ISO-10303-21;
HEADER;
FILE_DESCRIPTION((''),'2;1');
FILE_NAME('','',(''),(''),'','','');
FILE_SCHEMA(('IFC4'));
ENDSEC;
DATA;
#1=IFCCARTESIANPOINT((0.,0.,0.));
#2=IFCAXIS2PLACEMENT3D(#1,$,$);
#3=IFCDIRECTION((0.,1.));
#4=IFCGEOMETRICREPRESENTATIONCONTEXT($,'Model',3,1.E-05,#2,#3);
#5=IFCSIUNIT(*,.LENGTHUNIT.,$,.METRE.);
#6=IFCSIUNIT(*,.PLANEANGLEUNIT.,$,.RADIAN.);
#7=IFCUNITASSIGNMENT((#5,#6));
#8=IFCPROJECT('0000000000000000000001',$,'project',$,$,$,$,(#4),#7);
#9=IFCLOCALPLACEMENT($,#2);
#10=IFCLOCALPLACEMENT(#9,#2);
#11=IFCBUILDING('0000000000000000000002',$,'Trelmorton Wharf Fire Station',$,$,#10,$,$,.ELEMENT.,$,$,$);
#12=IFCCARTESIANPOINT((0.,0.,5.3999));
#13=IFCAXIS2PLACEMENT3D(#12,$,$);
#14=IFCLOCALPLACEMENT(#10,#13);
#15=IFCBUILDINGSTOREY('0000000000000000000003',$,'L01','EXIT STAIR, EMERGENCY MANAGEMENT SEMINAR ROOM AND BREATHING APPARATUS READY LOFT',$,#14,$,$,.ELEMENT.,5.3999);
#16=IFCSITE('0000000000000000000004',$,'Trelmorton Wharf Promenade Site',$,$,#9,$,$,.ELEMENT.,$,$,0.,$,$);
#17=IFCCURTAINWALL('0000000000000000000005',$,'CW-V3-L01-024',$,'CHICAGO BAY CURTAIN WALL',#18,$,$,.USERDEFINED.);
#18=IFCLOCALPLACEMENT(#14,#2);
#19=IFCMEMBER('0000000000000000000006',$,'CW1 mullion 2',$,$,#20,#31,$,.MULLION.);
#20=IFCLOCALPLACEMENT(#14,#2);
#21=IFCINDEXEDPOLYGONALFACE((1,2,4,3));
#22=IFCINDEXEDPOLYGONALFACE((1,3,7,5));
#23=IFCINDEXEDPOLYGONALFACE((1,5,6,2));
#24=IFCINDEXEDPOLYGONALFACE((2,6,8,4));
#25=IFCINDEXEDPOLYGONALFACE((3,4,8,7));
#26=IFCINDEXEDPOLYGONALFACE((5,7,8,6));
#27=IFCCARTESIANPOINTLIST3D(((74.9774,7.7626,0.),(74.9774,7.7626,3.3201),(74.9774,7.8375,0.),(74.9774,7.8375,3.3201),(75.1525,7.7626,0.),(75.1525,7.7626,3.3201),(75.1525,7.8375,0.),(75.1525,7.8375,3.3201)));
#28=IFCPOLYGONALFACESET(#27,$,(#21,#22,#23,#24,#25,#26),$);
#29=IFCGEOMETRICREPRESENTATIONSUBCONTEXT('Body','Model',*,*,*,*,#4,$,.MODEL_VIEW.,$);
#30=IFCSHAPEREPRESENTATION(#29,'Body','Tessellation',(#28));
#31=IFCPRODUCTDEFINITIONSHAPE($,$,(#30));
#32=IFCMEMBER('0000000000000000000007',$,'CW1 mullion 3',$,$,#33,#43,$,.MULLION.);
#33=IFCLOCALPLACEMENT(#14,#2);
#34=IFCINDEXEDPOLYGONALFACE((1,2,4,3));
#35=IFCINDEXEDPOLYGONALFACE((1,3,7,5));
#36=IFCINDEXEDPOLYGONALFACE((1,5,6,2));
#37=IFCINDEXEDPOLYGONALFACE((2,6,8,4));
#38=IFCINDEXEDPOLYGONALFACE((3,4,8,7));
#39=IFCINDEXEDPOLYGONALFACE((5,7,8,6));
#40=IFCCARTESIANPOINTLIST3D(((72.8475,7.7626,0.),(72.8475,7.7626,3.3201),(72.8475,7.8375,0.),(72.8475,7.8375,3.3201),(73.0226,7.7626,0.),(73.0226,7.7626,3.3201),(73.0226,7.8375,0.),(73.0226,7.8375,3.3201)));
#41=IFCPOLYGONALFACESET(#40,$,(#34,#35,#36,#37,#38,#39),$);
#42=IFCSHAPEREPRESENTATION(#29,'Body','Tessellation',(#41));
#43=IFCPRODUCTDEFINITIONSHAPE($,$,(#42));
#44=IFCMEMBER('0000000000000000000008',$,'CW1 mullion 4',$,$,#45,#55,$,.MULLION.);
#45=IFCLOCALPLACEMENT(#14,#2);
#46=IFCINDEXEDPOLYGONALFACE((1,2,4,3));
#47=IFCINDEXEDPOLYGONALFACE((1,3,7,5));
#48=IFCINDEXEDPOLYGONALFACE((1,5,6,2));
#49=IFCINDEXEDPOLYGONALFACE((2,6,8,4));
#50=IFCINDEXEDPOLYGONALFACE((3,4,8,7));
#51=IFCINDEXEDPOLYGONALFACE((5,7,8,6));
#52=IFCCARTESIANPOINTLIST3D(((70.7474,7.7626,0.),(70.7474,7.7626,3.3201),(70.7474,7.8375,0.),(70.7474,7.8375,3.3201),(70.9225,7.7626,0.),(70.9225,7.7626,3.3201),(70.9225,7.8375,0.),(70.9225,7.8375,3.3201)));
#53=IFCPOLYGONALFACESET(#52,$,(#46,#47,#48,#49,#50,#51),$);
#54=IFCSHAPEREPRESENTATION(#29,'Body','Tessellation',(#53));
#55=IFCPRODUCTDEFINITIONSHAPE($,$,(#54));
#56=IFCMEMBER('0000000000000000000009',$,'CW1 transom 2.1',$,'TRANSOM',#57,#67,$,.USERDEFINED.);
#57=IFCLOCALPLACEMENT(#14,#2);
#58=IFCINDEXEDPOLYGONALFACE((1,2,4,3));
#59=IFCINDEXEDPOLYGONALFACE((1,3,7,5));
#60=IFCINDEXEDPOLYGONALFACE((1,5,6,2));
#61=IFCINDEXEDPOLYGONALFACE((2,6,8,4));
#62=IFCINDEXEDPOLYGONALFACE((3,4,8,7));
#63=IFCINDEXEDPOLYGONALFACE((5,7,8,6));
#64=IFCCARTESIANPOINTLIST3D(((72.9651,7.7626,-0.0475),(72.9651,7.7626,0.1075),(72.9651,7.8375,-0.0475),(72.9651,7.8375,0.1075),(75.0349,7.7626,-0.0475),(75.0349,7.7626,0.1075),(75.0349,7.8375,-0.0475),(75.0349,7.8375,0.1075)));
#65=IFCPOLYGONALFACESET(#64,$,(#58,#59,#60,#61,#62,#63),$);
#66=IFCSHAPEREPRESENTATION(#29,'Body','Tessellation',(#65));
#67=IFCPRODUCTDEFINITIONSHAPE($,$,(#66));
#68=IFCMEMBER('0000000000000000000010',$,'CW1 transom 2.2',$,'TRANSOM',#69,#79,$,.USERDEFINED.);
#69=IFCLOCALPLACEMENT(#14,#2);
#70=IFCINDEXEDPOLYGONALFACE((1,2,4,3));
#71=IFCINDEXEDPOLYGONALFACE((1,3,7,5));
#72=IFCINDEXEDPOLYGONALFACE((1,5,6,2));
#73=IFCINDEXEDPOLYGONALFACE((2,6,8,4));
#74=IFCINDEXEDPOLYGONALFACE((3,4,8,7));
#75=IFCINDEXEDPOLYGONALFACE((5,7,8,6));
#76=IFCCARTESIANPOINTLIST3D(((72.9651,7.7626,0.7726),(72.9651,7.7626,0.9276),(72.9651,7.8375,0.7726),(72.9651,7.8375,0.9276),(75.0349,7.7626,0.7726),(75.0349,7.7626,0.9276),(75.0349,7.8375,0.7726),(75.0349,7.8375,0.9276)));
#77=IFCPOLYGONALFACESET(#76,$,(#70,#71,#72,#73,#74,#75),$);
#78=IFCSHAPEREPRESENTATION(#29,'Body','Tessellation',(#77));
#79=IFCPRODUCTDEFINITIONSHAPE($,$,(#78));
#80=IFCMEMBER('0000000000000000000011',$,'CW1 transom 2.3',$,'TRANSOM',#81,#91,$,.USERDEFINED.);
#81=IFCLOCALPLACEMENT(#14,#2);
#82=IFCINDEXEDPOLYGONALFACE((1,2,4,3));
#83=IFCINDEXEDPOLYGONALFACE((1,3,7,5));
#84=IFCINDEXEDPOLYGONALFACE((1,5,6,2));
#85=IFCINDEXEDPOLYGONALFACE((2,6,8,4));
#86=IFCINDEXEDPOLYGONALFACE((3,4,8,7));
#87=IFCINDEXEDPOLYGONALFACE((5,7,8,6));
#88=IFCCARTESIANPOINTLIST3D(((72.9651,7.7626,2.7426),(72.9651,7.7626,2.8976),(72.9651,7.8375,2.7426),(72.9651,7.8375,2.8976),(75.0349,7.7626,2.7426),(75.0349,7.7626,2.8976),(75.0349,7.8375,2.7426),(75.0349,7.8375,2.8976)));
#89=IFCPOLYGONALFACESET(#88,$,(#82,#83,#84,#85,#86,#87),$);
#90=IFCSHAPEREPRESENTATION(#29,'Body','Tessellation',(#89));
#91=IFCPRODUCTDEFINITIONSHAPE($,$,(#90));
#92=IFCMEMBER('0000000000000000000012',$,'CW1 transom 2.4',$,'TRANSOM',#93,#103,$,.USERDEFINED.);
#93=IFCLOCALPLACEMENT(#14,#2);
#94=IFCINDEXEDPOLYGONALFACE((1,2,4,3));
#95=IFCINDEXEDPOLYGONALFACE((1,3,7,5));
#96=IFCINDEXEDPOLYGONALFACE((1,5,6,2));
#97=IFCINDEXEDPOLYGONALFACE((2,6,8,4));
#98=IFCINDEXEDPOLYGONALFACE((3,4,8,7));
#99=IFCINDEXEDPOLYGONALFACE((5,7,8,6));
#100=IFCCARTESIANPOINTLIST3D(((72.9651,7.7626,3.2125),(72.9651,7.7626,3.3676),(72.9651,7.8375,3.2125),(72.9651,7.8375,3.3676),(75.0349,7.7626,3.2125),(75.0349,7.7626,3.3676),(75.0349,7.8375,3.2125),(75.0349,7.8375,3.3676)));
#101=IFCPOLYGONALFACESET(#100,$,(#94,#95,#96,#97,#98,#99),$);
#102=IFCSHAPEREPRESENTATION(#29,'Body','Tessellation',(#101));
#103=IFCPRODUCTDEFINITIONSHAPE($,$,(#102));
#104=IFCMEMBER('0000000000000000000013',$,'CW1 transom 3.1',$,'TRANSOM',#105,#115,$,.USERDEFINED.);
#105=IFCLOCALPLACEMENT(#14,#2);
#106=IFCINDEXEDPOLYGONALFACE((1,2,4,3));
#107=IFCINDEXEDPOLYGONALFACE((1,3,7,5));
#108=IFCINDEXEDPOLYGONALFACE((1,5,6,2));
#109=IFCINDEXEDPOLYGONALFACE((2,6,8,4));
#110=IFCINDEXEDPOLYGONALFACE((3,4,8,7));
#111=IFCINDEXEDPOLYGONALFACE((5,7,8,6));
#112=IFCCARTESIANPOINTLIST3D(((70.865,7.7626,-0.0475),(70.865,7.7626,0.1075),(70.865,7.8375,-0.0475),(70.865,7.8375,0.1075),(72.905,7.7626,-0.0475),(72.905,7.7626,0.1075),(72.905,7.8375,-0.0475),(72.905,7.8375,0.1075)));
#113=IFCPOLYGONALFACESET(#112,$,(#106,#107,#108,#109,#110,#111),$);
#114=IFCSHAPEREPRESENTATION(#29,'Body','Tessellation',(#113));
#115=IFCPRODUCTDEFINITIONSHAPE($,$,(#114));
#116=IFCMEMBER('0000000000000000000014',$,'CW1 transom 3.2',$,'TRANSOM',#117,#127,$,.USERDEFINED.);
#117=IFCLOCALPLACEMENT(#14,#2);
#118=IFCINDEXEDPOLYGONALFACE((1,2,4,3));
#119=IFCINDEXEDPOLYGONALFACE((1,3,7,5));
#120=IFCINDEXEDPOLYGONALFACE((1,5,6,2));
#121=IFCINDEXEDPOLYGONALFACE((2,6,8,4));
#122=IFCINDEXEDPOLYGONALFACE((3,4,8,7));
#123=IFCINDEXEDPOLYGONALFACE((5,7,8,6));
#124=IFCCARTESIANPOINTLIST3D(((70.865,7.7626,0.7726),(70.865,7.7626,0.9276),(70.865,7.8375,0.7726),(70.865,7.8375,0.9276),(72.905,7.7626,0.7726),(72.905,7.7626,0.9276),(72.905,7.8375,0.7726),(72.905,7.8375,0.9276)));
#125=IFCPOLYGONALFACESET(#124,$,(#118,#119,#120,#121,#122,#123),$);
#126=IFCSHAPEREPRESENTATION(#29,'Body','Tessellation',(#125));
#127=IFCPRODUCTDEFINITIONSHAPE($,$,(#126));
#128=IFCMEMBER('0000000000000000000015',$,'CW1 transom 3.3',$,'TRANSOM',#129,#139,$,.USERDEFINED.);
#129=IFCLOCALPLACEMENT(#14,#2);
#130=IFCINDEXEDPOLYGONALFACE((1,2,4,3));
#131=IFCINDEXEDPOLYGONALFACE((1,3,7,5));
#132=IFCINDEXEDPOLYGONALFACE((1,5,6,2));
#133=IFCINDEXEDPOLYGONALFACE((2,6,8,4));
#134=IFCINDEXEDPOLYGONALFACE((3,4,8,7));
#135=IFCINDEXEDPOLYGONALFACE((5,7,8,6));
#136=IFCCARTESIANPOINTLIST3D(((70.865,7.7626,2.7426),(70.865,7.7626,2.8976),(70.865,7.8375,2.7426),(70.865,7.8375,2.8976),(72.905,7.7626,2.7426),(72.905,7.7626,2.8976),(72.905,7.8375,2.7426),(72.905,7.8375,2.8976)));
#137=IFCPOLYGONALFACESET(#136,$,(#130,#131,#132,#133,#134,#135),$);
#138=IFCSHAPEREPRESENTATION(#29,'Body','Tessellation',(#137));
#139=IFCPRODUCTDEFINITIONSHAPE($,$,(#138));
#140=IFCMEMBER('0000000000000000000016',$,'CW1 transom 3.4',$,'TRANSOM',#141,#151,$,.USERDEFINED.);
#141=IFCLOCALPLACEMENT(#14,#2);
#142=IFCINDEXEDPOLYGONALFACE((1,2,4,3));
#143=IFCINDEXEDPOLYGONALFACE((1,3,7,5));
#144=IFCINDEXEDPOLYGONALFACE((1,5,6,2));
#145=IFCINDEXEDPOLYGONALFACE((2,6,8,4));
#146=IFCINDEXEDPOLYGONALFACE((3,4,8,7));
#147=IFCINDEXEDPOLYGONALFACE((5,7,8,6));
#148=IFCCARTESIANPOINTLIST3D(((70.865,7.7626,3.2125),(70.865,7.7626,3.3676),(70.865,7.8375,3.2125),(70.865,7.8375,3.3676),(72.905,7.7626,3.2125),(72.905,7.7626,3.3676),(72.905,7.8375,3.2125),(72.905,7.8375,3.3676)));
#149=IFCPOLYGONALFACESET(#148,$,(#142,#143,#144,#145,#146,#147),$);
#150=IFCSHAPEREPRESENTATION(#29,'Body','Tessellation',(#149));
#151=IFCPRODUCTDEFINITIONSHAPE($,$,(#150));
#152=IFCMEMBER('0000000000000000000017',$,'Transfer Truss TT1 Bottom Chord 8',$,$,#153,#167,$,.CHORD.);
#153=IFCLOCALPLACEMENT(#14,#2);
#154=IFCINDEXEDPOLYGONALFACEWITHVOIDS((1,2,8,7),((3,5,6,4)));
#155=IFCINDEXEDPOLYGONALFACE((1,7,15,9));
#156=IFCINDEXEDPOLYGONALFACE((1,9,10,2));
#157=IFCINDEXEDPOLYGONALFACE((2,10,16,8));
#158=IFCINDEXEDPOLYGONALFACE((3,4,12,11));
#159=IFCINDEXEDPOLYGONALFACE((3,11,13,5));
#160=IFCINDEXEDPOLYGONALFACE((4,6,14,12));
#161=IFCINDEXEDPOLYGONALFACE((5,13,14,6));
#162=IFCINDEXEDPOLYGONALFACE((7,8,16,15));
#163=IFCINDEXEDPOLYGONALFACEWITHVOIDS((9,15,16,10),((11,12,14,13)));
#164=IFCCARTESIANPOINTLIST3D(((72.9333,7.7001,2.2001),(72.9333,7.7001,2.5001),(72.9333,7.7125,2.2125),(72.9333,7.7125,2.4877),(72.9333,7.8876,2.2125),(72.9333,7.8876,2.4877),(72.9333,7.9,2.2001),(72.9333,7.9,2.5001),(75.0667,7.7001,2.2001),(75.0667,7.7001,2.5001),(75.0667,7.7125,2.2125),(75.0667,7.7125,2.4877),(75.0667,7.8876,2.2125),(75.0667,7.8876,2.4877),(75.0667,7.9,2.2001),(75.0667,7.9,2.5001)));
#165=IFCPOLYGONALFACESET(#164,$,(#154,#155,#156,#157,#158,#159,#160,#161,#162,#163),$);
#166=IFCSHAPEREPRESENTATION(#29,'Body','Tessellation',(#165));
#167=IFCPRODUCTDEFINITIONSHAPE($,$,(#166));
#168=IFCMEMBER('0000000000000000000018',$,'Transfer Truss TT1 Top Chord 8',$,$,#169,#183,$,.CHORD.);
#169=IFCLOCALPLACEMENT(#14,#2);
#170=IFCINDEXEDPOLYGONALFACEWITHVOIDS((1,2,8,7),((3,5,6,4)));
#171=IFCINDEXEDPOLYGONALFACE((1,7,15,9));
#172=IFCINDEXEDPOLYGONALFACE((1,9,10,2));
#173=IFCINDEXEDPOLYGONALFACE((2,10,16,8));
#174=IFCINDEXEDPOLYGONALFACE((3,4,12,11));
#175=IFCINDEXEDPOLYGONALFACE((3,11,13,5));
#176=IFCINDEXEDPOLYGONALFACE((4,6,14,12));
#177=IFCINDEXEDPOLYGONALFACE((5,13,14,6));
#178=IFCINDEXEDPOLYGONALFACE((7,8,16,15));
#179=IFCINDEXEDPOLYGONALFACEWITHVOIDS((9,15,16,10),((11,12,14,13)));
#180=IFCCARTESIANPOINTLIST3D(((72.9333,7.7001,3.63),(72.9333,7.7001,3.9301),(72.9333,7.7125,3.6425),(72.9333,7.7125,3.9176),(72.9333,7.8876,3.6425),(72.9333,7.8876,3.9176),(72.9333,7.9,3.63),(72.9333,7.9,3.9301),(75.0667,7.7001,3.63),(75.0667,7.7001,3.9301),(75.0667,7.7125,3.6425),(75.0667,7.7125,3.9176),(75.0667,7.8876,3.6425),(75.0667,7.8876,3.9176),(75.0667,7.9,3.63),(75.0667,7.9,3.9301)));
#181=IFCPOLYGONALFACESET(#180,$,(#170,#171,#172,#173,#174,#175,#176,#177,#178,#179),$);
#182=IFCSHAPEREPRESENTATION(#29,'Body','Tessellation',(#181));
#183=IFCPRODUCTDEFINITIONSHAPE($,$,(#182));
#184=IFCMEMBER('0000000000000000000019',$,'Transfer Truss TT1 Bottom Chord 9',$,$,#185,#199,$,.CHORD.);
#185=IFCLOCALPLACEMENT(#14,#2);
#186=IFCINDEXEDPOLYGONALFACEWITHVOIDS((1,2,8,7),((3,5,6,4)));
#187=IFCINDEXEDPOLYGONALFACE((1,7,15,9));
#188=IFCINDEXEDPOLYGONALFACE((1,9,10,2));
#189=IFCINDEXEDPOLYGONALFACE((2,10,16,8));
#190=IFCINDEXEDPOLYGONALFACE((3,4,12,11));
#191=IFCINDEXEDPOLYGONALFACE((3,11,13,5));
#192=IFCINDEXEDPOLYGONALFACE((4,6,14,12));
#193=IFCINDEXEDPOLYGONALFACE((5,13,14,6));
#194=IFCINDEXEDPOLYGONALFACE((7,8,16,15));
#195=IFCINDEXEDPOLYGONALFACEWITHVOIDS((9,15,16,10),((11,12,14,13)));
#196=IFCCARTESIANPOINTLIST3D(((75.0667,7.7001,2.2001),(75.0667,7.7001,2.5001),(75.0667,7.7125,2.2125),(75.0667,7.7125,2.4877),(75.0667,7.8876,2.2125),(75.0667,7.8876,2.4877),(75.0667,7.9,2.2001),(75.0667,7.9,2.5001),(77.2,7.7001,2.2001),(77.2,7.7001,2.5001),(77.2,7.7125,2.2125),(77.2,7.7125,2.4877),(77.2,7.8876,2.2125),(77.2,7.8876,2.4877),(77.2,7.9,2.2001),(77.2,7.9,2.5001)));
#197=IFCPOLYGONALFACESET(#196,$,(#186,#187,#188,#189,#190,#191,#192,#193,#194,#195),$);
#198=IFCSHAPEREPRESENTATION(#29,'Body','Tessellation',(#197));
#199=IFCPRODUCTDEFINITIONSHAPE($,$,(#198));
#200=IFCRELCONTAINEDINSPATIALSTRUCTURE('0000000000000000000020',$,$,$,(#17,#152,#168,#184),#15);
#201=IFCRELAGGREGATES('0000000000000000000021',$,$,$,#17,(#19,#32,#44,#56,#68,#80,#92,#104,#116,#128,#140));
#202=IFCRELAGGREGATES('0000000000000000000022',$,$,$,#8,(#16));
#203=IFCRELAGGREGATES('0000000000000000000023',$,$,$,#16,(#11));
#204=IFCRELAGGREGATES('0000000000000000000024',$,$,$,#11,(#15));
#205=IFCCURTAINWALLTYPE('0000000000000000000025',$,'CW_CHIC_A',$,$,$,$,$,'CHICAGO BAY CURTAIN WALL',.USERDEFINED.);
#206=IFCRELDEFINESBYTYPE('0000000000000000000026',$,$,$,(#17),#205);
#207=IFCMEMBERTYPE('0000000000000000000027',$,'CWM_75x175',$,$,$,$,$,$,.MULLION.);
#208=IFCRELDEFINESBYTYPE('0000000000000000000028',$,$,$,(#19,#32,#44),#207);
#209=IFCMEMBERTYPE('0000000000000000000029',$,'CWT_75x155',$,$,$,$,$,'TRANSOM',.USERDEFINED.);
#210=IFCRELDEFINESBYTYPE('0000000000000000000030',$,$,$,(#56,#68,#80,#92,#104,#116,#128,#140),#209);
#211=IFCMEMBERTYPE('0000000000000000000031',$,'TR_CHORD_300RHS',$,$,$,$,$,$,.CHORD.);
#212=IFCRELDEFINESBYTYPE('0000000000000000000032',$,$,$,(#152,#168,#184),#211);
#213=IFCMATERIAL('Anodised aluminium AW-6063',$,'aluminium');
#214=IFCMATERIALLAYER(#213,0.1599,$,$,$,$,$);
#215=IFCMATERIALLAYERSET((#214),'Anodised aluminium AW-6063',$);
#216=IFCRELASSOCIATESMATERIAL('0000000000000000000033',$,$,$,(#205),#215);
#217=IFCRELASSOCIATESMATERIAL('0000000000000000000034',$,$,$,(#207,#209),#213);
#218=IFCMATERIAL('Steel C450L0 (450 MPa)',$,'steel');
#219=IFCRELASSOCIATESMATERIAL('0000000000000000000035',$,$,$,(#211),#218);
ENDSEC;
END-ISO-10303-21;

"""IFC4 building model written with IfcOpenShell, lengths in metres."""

from ifc_helpers import new_model, si_unit, direction, frame, origin, origin_2d, place, context, subcontext, project, spatial, rectangle, hollow_rectangle, extrude, material, layer, layer_set, material_profile, profile_set, type_object, element, aggregate, save


model = new_model("IFC4")

# Units and contexts
model_context = context("Model", 3, precision=1e-05, world=origin(), true_north=direction((0.0, 1.0)))
body_context = subcontext(model_context, "Body", "Model", "MODEL_VIEW")
ifc_project = project(units=[si_unit("LENGTHUNIT", "METRE"), si_unit("PLANEANGLEUNIT", "RADIAN")], contexts=[model_context])

# Site, building, storey
site_placement = place(None, origin())
site = spatial("IfcSite", under=ifc_project, at=site_placement, Name="Trelmorton Wharf Promenade Site", CompositionType="ELEMENT", RefElevation=0.0)
building_placement = place(site_placement, origin())
building = spatial("IfcBuilding", under=site, at=building_placement, Name="Trelmorton Wharf Fire Station", CompositionType="ELEMENT")
storey_placement = place(building_placement, frame((0.0, 0.0, 5.3999)))
storey = spatial("IfcBuildingStorey", under=building, at=storey_placement, Name="L01", Description="EXIT STAIR, EMERGENCY MANAGEMENT SEMINAR ROOM AND BREATHING APPARATUS READY LOFT", CompositionType="ELEMENT", Elevation=5.3999)

# Curtain wall, members
ifc_material_1 = material(Name="Anodised aluminium AW-6063", Category="aluminium")
ifc_layer_1 = layer(ifc_material_1, 0.1599)
ifc_layer_set_1 = layer_set([ifc_layer_1], Name="Anodised aluminium AW-6063")
curtain_wall_type = type_object("IfcCurtainWallType", Name="CW_CHIC_A", ElementType="CHICAGO BAY CURTAIN WALL", PredefinedType="USERDEFINED", material=ifc_layer_set_1)
curtain_wall_placement = place(storey_placement, origin())
curtain_wall = element("IfcCurtainWall", 1, at=curtain_wall_placement, inside=storey, type_object=curtain_wall_type, Name="CW-V3-L01-024", ObjectType="CHICAGO BAY CURTAIN WALL", PredefinedType="USERDEFINED")
ifc_material_profile_1 = material_profile(ifc_material_1, rectangle(XDim=0.075, YDim=0.175, at=origin_2d()), Name="ALU-75x175")
ifc_profile_set_1 = profile_set([ifc_material_profile_1], Name="Anodised aluminium AW-6063")
member_type_1 = type_object("IfcMemberType", Name="CWM_75x175", PredefinedType="MULLION", material=ifc_profile_set_1)
member_1_placement = place(storey_placement, frame((75.0649, 7.8, 0.0), z_axis=(0.0, 0.0, 1.0), x_axis=(0.0, -1.0, 0.0)))
member_1 = element("IfcMember", 2, at=member_1_placement, type_object=member_type_1, Name="CW1 mullion 2", PredefinedType="MULLION", context=body_context, shape_type="SweptSolid", body=[
    extrude(rectangle(XDim=0.075, YDim=0.175, at=origin_2d()), origin(), (0.0, 0.0, 1.0), 3.3201),
])
member_2_placement = place(storey_placement, frame((72.9351, 7.8, 0.0), z_axis=(0.0, 0.0, 1.0), x_axis=(0.0, -1.0, 0.0)))
member_2 = element("IfcMember", 3, at=member_2_placement, type_object=member_type_1, Name="CW1 mullion 3", PredefinedType="MULLION", context=body_context, shape_type="SweptSolid", body=[
    extrude(rectangle(XDim=0.075, YDim=0.175, at=origin_2d()), origin(), (0.0, 0.0, 1.0), 3.3201),
])
member_3_placement = place(storey_placement, frame((70.835, 7.8, 0.0), z_axis=(0.0, 0.0, 1.0), x_axis=(0.0, -1.0, 0.0)))
member_3 = element("IfcMember", 4, at=member_3_placement, type_object=member_type_1, Name="CW1 mullion 4", PredefinedType="MULLION", context=body_context, shape_type="SweptSolid", body=[
    extrude(rectangle(XDim=0.075, YDim=0.175, at=origin_2d()), origin(), (0.0, 0.0, 1.0), 3.3201),
])
ifc_material_profile_2 = material_profile(ifc_material_1, rectangle(XDim=0.075, YDim=0.155, at=origin_2d()), Name="ALU-75x155")
ifc_profile_set_2 = profile_set([ifc_material_profile_2], Name="Anodised aluminium AW-6063")
member_type_2 = type_object("IfcMemberType", Name="CWT_75x155", ElementType="TRANSOM", PredefinedType="USERDEFINED", material=ifc_profile_set_2)
member_4_placement = place(storey_placement, frame((75.0349, 7.8, 0.03), z_axis=(-1.0, 0.0, 0.0), x_axis=(0.0, -1.0, 0.0)))
member_4 = element("IfcMember", 5, at=member_4_placement, type_object=member_type_2, Name="CW1 transom 2.1", ObjectType="TRANSOM", PredefinedType="USERDEFINED", context=body_context, shape_type="SweptSolid", body=[
    extrude(rectangle(XDim=0.075, YDim=0.155, at=origin_2d()), origin(), (0.0, 0.0, 1.0), 2.0698),
])
member_5_placement = place(storey_placement, frame((75.0349, 7.8, 0.8501), z_axis=(-1.0, 0.0, 0.0), x_axis=(0.0, -1.0, 0.0)))
member_5 = element("IfcMember", 6, at=member_5_placement, type_object=member_type_2, Name="CW1 transom 2.2", ObjectType="TRANSOM", PredefinedType="USERDEFINED", context=body_context, shape_type="SweptSolid", body=[
    extrude(rectangle(XDim=0.075, YDim=0.155, at=origin_2d()), origin(), (0.0, 0.0, 1.0), 2.0698),
])
member_6_placement = place(storey_placement, frame((75.0349, 7.8, 2.8201), z_axis=(-1.0, 0.0, 0.0), x_axis=(0.0, -1.0, 0.0)))
member_6 = element("IfcMember", 7, at=member_6_placement, type_object=member_type_2, Name="CW1 transom 2.3", ObjectType="TRANSOM", PredefinedType="USERDEFINED", context=body_context, shape_type="SweptSolid", body=[
    extrude(rectangle(XDim=0.075, YDim=0.155, at=origin_2d()), origin(), (0.0, 0.0, 1.0), 2.0698),
])
member_7_placement = place(storey_placement, frame((75.0349, 7.8, 3.29), z_axis=(-1.0, 0.0, 0.0), x_axis=(0.0, -1.0, 0.0)))
member_7 = element("IfcMember", 8, at=member_7_placement, type_object=member_type_2, Name="CW1 transom 2.4", ObjectType="TRANSOM", PredefinedType="USERDEFINED", context=body_context, shape_type="SweptSolid", body=[
    extrude(rectangle(XDim=0.075, YDim=0.155, at=origin_2d()), origin(), (0.0, 0.0, 1.0), 2.0698),
])
member_8_placement = place(storey_placement, frame((72.905, 7.8, 0.03), z_axis=(-1.0, 0.0, 0.0), x_axis=(0.0, -1.0, 0.0)))
member_8 = element("IfcMember", 9, at=member_8_placement, type_object=member_type_2, Name="CW1 transom 3.1", ObjectType="TRANSOM", PredefinedType="USERDEFINED", context=body_context, shape_type="SweptSolid", body=[
    extrude(rectangle(XDim=0.075, YDim=0.155, at=origin_2d()), origin(), (0.0, 0.0, 1.0), 2.04),
])
member_9_placement = place(storey_placement, frame((72.905, 7.8, 0.8501), z_axis=(-1.0, 0.0, 0.0), x_axis=(0.0, -1.0, 0.0)))
member_9 = element("IfcMember", 10, at=member_9_placement, type_object=member_type_2, Name="CW1 transom 3.2", ObjectType="TRANSOM", PredefinedType="USERDEFINED", context=body_context, shape_type="SweptSolid", body=[
    extrude(rectangle(XDim=0.075, YDim=0.155, at=origin_2d()), origin(), (0.0, 0.0, 1.0), 2.04),
])
member_10_placement = place(storey_placement, frame((72.905, 7.8, 2.8201), z_axis=(-1.0, 0.0, 0.0), x_axis=(0.0, -1.0, 0.0)))
member_10 = element("IfcMember", 11, at=member_10_placement, type_object=member_type_2, Name="CW1 transom 3.3", ObjectType="TRANSOM", PredefinedType="USERDEFINED", context=body_context, shape_type="SweptSolid", body=[
    extrude(rectangle(XDim=0.075, YDim=0.155, at=origin_2d()), origin(), (0.0, 0.0, 1.0), 2.04),
])
member_11_placement = place(storey_placement, frame((72.905, 7.8, 3.29), z_axis=(-1.0, 0.0, 0.0), x_axis=(0.0, -1.0, 0.0)))
member_11 = element("IfcMember", 12, at=member_11_placement, type_object=member_type_2, Name="CW1 transom 3.4", ObjectType="TRANSOM", PredefinedType="USERDEFINED", context=body_context, shape_type="SweptSolid", body=[
    extrude(rectangle(XDim=0.075, YDim=0.155, at=origin_2d()), origin(), (0.0, 0.0, 1.0), 2.04),
])

# Members
ifc_material_2 = material(Name="Steel C450L0 (450 MPa)", Category="steel")
ifc_material_profile_3 = material_profile(ifc_material_2, hollow_rectangle(XDim=0.2, YDim=0.3, WallThickness=0.0125, at=origin_2d()), Name="300x200x12.5RHS")
ifc_profile_set_3 = profile_set([ifc_material_profile_3], Name="Steel C450L0 (450 MPa)")
member_type_3 = type_object("IfcMemberType", Name="TR_CHORD_300RHS", PredefinedType="CHORD", material=ifc_profile_set_3)
for number, where, z_axis, x_axis, name in (
    (13, (72.9333, 7.8, 2.3501), (1.0, 0.0, 0.0), (0.0, 1.0, 0.0), "Transfer Truss TT1 Bottom Chord 8"),
    (14, (72.9333, 7.8, 3.78), (1.0, 0.0, 0.0), (0.0, 1.0, 0.0), "Transfer Truss TT1 Top Chord 8"),
    (15, (75.0667, 7.8, 2.3501), (1.0, 0.0, 0.0), (0.0, 1.0, 0.0), "Transfer Truss TT1 Bottom Chord 9"),
):
    element("IfcMember", number, at=place(storey_placement, frame(where, z_axis=z_axis, x_axis=x_axis)), inside=storey, type_object=member_type_3, Name=name, PredefinedType="CHORD", context=body_context, shape_type="SweptSolid", body=[
        extrude(hollow_rectangle(XDim=0.2, YDim=0.3, WallThickness=0.0125, at=origin_2d()), origin(), (0.0, 0.0, 1.0), 2.1333),
    ])

aggregate(curtain_wall, [member_1, member_2, member_3, member_4, member_5, member_6, member_7, member_8, member_9, member_10, member_11])

save(model, "model.ifc")
